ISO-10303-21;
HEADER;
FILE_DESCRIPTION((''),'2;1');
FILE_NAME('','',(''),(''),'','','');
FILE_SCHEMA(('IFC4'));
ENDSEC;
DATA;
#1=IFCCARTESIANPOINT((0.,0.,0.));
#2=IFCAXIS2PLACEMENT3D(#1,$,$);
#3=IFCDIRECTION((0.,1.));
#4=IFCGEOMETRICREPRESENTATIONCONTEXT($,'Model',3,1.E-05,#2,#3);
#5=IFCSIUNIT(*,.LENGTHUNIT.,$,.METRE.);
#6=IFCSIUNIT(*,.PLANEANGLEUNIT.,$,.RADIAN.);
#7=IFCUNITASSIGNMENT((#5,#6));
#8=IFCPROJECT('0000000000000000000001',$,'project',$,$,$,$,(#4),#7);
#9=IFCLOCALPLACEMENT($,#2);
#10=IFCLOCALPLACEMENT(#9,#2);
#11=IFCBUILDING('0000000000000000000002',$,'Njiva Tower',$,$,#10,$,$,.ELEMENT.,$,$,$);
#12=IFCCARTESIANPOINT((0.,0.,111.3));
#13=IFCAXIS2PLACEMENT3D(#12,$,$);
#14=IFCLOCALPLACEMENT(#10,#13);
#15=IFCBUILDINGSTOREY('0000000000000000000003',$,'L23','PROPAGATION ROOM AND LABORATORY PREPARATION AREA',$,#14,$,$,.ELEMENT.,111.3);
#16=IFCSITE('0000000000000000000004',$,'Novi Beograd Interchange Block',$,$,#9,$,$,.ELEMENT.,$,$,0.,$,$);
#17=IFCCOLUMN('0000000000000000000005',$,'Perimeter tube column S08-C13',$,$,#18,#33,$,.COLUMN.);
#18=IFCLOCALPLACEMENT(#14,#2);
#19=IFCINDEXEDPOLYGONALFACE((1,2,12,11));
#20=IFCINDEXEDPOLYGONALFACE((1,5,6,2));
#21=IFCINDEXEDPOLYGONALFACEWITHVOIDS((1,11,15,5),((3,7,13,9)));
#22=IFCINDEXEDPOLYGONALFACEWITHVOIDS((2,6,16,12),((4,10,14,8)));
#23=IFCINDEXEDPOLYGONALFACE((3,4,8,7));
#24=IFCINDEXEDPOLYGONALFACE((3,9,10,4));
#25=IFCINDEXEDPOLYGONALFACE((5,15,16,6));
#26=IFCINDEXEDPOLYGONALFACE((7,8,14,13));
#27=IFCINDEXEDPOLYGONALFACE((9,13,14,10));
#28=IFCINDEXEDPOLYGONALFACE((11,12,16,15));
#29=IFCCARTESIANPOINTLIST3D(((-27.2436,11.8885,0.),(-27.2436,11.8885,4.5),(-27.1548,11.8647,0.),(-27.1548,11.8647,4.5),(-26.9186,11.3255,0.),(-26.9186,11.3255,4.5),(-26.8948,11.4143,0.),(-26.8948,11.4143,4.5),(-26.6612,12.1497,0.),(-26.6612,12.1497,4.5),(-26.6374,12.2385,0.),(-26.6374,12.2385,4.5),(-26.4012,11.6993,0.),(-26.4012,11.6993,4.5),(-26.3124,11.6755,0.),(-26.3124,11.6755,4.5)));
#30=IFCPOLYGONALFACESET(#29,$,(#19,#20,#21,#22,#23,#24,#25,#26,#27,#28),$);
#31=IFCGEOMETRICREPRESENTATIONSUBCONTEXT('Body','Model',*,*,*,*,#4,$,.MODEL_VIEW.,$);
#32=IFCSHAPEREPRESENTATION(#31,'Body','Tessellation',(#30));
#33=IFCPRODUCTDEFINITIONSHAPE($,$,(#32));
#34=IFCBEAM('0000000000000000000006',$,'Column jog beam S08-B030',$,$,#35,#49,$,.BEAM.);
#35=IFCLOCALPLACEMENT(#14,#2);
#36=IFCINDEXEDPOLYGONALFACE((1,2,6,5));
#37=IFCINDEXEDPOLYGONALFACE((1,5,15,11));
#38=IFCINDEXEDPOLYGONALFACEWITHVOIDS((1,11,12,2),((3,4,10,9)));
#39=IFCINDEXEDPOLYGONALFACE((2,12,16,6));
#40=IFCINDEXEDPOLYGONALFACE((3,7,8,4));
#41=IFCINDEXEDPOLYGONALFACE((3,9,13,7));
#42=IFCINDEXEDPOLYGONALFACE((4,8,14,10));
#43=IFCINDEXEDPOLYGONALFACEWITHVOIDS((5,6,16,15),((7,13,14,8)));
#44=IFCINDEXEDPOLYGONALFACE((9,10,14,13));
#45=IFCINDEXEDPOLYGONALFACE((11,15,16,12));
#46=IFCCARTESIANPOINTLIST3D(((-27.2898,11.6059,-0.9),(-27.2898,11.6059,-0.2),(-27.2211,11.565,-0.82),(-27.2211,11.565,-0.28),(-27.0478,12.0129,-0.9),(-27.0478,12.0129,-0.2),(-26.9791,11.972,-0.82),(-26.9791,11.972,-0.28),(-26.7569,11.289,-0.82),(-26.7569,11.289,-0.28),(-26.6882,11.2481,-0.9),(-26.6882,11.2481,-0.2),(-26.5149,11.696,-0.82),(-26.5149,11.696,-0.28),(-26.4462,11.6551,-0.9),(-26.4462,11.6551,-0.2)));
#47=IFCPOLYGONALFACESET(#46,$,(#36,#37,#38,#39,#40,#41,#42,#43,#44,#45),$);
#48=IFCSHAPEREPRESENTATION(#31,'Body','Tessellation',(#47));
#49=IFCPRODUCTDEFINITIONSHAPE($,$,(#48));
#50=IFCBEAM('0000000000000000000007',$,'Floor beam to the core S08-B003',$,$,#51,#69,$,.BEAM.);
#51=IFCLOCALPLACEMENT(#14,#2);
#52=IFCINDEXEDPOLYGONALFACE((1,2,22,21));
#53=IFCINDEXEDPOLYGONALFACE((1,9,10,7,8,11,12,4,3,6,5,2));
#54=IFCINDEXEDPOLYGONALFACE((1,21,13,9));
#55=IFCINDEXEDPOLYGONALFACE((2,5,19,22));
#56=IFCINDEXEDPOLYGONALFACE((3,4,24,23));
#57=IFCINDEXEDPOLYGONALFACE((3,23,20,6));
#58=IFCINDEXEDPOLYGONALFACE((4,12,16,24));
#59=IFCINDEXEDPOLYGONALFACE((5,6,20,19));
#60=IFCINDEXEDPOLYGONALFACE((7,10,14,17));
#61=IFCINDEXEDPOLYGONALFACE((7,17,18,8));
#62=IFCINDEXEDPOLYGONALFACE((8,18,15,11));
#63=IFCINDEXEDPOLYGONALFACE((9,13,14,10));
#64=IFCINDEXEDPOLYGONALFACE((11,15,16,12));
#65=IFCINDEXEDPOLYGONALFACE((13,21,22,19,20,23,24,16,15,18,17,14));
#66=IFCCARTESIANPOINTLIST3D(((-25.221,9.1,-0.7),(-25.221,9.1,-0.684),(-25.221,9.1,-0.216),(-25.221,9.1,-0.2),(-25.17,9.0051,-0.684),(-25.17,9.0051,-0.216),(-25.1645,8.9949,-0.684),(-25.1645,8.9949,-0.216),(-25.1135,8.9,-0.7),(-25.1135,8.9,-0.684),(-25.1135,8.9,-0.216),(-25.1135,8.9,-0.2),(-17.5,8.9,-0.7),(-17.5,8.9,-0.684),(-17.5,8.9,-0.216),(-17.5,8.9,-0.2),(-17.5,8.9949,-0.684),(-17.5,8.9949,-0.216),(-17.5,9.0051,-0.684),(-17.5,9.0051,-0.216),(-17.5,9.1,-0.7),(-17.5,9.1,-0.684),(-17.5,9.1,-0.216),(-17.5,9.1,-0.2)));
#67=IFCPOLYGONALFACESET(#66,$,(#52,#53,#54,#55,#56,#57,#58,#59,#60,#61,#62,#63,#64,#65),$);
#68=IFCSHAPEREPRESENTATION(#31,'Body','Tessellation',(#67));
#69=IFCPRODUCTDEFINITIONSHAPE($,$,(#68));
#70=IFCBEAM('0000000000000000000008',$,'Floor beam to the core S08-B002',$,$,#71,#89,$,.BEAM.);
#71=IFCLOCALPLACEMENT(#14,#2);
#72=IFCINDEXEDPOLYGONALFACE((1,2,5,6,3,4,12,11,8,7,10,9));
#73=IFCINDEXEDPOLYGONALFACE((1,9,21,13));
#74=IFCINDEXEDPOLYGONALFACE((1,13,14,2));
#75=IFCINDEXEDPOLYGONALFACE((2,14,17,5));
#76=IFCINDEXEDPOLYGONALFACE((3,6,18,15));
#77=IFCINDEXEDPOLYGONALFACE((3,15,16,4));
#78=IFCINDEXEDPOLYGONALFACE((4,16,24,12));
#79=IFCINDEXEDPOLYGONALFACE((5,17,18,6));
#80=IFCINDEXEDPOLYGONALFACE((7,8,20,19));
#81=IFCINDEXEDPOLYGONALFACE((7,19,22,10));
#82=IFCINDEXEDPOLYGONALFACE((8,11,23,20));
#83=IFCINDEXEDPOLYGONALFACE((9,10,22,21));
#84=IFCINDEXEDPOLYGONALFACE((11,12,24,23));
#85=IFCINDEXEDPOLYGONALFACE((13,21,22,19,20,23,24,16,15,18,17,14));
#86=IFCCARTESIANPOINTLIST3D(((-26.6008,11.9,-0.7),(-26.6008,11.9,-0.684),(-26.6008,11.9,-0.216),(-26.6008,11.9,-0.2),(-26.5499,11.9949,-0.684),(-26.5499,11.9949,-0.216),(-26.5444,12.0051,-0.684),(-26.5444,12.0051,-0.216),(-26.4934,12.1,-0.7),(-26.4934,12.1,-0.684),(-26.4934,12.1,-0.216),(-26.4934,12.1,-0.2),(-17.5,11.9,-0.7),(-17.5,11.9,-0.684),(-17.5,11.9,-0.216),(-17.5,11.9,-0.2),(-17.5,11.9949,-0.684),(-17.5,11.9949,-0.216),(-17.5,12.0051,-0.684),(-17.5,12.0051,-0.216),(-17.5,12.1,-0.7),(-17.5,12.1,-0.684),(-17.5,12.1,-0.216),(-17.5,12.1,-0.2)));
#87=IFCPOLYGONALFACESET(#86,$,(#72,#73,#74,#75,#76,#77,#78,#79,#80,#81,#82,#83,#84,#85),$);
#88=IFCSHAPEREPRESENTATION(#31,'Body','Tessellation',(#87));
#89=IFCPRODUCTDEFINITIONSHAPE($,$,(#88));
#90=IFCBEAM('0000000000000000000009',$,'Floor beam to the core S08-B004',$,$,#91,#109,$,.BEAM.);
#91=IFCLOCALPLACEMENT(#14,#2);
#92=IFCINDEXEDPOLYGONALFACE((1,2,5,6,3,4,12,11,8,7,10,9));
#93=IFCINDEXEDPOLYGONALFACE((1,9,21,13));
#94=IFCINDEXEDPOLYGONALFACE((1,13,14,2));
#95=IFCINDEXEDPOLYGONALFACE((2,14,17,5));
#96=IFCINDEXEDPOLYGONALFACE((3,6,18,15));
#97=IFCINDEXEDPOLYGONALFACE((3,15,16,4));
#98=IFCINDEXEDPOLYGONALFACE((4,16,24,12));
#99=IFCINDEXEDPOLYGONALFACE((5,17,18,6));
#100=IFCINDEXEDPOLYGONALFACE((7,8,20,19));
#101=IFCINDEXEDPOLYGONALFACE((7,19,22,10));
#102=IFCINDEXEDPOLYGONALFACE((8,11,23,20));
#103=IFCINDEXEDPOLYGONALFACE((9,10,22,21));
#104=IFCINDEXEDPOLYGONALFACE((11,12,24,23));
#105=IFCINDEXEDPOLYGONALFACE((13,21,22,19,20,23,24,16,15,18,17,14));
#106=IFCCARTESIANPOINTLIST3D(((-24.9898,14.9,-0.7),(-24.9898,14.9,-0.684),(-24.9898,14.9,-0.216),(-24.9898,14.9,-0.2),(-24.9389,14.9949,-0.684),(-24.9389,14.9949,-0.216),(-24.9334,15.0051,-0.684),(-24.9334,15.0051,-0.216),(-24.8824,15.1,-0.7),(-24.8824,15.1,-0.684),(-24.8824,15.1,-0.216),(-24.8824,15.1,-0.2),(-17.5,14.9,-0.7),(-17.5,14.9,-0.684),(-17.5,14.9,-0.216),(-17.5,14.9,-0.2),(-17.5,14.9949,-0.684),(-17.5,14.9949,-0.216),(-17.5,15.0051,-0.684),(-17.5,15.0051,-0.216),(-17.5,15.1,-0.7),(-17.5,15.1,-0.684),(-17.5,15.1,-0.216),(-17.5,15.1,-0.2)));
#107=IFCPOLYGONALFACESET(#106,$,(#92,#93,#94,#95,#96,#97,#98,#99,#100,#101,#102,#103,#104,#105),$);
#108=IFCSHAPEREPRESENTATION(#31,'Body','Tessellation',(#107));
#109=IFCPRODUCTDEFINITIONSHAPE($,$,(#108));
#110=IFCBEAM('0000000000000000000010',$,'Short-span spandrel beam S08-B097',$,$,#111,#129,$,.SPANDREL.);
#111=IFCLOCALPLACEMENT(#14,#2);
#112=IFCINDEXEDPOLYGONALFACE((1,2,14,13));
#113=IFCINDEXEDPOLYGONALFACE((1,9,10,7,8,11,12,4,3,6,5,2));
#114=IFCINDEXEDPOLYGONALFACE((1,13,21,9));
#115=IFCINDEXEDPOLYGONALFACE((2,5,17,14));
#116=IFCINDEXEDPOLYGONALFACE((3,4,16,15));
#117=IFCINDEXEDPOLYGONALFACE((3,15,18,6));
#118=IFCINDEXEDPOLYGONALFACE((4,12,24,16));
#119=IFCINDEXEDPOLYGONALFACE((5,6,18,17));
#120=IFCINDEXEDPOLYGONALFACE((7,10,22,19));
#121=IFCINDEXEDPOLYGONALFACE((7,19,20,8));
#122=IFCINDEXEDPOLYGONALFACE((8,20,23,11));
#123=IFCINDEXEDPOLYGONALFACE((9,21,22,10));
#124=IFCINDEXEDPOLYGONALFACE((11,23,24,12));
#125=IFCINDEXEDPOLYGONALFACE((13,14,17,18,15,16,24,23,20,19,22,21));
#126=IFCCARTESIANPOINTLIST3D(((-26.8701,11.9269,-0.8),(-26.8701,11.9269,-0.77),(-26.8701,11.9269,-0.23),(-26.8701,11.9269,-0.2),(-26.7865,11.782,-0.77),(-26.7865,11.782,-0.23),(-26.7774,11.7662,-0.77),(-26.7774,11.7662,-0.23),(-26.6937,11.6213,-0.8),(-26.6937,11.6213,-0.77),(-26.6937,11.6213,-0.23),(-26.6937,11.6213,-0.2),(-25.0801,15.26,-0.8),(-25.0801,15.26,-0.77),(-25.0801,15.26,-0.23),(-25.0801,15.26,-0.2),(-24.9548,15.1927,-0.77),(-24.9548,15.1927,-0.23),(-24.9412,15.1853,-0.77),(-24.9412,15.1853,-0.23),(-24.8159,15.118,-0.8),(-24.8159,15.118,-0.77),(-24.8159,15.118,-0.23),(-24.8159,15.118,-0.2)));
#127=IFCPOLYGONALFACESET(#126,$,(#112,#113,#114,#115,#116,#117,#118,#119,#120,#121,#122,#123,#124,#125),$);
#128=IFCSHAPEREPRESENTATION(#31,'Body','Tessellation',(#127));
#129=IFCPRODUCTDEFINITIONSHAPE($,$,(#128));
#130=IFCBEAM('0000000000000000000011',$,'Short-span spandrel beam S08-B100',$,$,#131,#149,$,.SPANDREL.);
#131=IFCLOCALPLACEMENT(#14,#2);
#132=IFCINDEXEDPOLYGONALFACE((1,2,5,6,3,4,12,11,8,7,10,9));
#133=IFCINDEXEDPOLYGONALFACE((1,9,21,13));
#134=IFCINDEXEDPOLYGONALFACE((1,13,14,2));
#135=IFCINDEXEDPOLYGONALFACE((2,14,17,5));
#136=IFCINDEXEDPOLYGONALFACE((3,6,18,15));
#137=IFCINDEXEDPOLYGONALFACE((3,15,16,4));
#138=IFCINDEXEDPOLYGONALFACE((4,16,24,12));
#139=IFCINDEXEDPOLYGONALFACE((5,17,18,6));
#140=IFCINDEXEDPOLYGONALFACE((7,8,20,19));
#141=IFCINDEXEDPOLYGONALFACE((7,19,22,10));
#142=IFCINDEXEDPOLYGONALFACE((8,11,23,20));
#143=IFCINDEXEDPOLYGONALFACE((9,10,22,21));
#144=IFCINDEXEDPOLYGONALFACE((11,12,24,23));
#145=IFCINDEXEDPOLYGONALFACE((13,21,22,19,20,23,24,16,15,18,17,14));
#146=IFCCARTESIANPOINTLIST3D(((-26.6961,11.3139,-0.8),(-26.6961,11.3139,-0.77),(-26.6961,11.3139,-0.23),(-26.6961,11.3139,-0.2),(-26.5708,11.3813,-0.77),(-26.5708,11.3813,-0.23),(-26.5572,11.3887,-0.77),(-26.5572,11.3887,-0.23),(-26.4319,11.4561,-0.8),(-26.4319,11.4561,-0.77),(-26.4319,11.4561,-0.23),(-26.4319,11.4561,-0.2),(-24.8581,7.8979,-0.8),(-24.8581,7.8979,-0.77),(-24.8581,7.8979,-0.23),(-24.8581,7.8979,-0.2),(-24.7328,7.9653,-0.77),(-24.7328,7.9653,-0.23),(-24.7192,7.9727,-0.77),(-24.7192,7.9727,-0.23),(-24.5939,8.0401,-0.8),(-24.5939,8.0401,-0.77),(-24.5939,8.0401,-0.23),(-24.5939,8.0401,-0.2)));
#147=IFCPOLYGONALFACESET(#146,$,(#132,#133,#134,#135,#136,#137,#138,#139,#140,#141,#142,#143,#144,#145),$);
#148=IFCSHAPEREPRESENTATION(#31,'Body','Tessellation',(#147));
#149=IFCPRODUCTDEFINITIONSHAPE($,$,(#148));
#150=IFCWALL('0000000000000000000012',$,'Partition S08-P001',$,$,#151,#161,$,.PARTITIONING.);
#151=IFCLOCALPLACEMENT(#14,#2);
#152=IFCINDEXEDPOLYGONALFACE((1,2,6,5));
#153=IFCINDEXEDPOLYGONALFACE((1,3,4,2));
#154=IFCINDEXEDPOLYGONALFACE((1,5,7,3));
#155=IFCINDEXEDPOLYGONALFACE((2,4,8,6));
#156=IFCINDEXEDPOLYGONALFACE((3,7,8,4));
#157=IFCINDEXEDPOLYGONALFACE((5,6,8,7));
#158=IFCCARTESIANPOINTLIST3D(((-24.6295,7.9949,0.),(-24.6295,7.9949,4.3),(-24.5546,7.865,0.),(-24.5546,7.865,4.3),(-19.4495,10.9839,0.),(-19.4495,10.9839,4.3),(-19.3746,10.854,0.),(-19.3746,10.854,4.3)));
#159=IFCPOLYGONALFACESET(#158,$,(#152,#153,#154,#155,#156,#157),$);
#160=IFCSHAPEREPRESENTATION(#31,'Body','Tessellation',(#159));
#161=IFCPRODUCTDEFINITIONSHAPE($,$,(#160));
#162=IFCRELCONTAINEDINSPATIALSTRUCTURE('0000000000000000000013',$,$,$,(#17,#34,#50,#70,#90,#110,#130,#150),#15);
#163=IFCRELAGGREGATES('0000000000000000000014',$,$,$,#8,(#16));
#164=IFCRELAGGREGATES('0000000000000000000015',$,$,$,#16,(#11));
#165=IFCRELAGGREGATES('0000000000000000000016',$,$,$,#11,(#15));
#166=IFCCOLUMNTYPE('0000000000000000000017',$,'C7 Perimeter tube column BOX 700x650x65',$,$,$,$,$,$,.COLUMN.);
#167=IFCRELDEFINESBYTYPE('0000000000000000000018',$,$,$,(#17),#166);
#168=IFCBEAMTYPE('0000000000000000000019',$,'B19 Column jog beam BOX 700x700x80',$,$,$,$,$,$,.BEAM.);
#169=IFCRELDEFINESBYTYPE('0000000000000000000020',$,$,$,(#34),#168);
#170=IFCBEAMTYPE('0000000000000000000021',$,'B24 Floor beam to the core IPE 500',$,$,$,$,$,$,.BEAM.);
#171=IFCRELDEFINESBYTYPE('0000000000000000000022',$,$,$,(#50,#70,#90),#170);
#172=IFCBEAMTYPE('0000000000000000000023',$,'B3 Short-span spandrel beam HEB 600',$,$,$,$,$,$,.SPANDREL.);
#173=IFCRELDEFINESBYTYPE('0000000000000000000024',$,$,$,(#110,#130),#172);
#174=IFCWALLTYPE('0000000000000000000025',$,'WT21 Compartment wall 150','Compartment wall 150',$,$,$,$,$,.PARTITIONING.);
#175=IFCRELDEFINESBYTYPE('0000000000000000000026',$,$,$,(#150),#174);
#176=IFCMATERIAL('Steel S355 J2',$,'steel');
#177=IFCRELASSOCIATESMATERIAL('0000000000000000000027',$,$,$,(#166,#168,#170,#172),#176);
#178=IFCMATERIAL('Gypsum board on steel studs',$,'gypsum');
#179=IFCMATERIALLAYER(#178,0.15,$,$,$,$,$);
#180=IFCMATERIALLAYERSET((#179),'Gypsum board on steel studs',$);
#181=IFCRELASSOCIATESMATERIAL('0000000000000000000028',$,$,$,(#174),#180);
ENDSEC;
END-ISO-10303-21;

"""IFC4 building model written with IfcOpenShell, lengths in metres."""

from ifc_helpers import new_model, si_unit, direction, frame, frame_2d, origin, origin_2d, place, context, subcontext, project, spatial, rectangle, hollow_rectangle, i_section, extrude, clip, halfspace, material, layer, layer_set, material_profile, profile_set, type_object, element, save


model = new_model("IFC4")

# Units and contexts
model_context = context("Model", 3, precision=1e-05, world=origin(), true_north=direction((0.0, 1.0)))
body_context = subcontext(model_context, "Body", "Model", "MODEL_VIEW")
ifc_project = project(units=[si_unit("LENGTHUNIT", "METRE"), si_unit("PLANEANGLEUNIT", "RADIAN")], contexts=[model_context])

# Site, building, storey
site_placement = place(None, origin())
site = spatial("IfcSite", under=ifc_project, at=site_placement, Name="Novi Beograd Interchange Block", CompositionType="ELEMENT", RefElevation=0.0)
building_placement = place(site_placement, origin())
building = spatial("IfcBuilding", under=site, at=building_placement, Name="Njiva Tower", CompositionType="ELEMENT")
storey_placement = place(building_placement, frame((0.0, 0.0, 111.3)))
storey = spatial("IfcBuildingStorey", under=building, at=storey_placement, Name="L23", Description="PROPAGATION ROOM AND LABORATORY PREPARATION AREA", CompositionType="ELEMENT", Elevation=111.3)

# Column
ifc_material_1 = material(Name="Steel S355 J2", Category="steel")
ifc_material_profile_1 = material_profile(ifc_material_1, hollow_rectangle(XDim=0.65, YDim=0.7, WallThickness=0.065, at=origin_2d()), Name="BOX 700x650x65")
ifc_profile_set_1 = profile_set([ifc_material_profile_1], Name="Steel S355 J2")
column_type = type_object("IfcColumnType", Name="C7 Perimeter tube column BOX 700x650x65", PredefinedType="COLUMN", material=ifc_profile_set_1)
column_placement = place(storey_placement, frame((-26.778, 11.782, 0.0), z_axis=(0.0, 0.0, 1.0), x_axis=(0.5, -0.866025, 0.0)))
element("IfcColumn", 1, at=column_placement, inside=storey, type_object=column_type, Name="Perimeter tube column S08-C13", PredefinedType="COLUMN", context=body_context, shape_type="SweptSolid", body=[
    extrude(hollow_rectangle(XDim=0.65, YDim=0.7, WallThickness=0.065, at=origin_2d()), origin(), (0.0, 0.0, 1.0), 4.5),
])

# Beams
ifc_material_profile_2 = material_profile(ifc_material_1, hollow_rectangle(XDim=0.7, YDim=0.7, WallThickness=0.08, at=origin_2d()), Name="BOX 700x700x80")
ifc_profile_set_2 = profile_set([ifc_material_profile_2], Name="Steel S355 J2")
beam_type_1 = type_object("IfcBeamType", Name="B19 Column jog beam BOX 700x700x80", PredefinedType="BEAM", material=ifc_profile_set_2)
beam_1_placement = place(storey_placement, frame((-26.989, 11.427, -0.55), z_axis=(0.511075, 0.859536, 0.0), x_axis=(-0.859536, 0.511075, 0.0)))
element("IfcBeam", 2, at=beam_1_placement, inside=storey, type_object=beam_type_1, Name="Column jog beam S08-B030", PredefinedType="BEAM", context=body_context, shape_type="SweptSolid", body=[
    extrude(hollow_rectangle(XDim=0.7, YDim=0.7, WallThickness=0.08, at=origin_2d()), origin(), (0.0, 0.0, 1.0), 0.4735),
])
ifc_material_profile_3 = material_profile(ifc_material_1, i_section(OverallWidth=0.2, OverallDepth=0.5, WebThickness=0.0102, FlangeThickness=0.016, at=origin_2d()), Name="IPE 500")
ifc_profile_set_3 = profile_set([ifc_material_profile_3], Name="Steel S355 J2")
beam_type_2 = type_object("IfcBeamType", Name="B24 Floor beam to the core IPE 500", PredefinedType="BEAM", material=ifc_profile_set_3)
beam_2_placement = place(storey_placement, frame((-25.241, 9.0, -0.45), z_axis=(1.0, 0.0, 0.0), x_axis=(0.0, 1.0, 0.0)))
element("IfcBeam", 3, at=beam_2_placement, inside=storey, type_object=beam_type_2, Name="Floor beam to the core S08-B003", PredefinedType="BEAM", context=body_context, shape_type="Clipping", body=[
    clip(extrude(i_section(OverallWidth=0.2, OverallDepth=0.5, WebThickness=0.0102, FlangeThickness=0.016, at=origin_2d()), origin(), (0.0, 0.0, 1.0), 7.741), halfspace(frame((-0.0237, 0.0, 0.0865), z_axis=(-0.473762, 0.0, -0.880653), x_axis=(0.0, -1.0, 0.0)), False)),
])
beam_3_placement = place(storey_placement, frame((-26.621, 12.0, -0.45), z_axis=(1.0, 0.0, 0.0), x_axis=(0.0, 1.0, 0.0)))
element("IfcBeam", 4, at=beam_3_placement, inside=storey, type_object=beam_type_2, Name="Floor beam to the core S08-B002", PredefinedType="BEAM", context=body_context, shape_type="Clipping", body=[
    clip(extrude(i_section(OverallWidth=0.2, OverallDepth=0.5, WebThickness=0.0102, FlangeThickness=0.016, at=origin_2d()), origin(), (0.0, 0.0, 1.0), 9.121), halfspace(frame((0.0237, 0.0, 0.0866), z_axis=(0.473099, 0.0, -0.881009), x_axis=(0.0, -1.0, 0.0)), False)),
])
beam_4_placement = place(storey_placement, frame((-25.01, 15.0, -0.45), z_axis=(1.0, 0.0, 0.0), x_axis=(0.0, 1.0, 0.0)))
element("IfcBeam", 5, at=beam_4_placement, inside=storey, type_object=beam_type_2, Name="Floor beam to the core S08-B004", PredefinedType="BEAM", context=body_context, shape_type="Clipping", body=[
    clip(extrude(i_section(OverallWidth=0.2, OverallDepth=0.5, WebThickness=0.0102, FlangeThickness=0.016, at=origin_2d()), origin(), (0.0, 0.0, 1.0), 7.51), halfspace(frame((0.0237, 0.0, 0.0866), z_axis=(0.473099, 0.0, -0.881009), x_axis=(0.0, -1.0, 0.0)), False)),
])
ifc_material_profile_4 = material_profile(ifc_material_1, i_section(OverallWidth=0.3, OverallDepth=0.6, WebThickness=0.0155, FlangeThickness=0.03, at=origin_2d()), Name="HEB 600")
ifc_profile_set_4 = profile_set([ifc_material_profile_4], Name="Steel S355 J2")
beam_type_3 = type_object("IfcBeamType", Name="B3 Short-span spandrel beam HEB 600", PredefinedType="SPANDREL", material=ifc_profile_set_4)
beam_5_placement = place(storey_placement, frame((-24.948, 15.189, -0.5), z_axis=(-0.47313, -0.880992, 0.0), x_axis=(0.880992, -0.47313, 0.0)))
element("IfcBeam", 6, at=beam_5_placement, inside=storey, type_object=beam_type_3, Name="Short-span spandrel beam S08-B097", PredefinedType="SPANDREL", context=body_context, shape_type="Clipping", body=[
    clip(extrude(i_section(OverallWidth=0.3, OverallDepth=0.6, WebThickness=0.0155, FlangeThickness=0.03, at=origin_2d()), origin(), (0.0, 0.0, 1.0), 3.9893), halfspace(frame((-0.0263, 0.0, 3.8599), z_axis=(-0.526399, 0.0, 0.850238), x_axis=(0.0, 1.0, 0.0)), False)),
])
beam_6_placement = place(storey_placement, frame((-26.564, 11.385, -0.5), z_axis=(0.473823, -0.88062, 0.0), x_axis=(0.88062, 0.473823, 0.0)))
element("IfcBeam", 7, at=beam_6_placement, inside=storey, type_object=beam_type_3, Name="Short-span spandrel beam S08-B100", PredefinedType="SPANDREL", context=body_context, shape_type="SweptSolid", body=[
    extrude(i_section(OverallWidth=0.3, OverallDepth=0.6, WebThickness=0.0155, FlangeThickness=0.03, at=origin_2d()), origin(), (0.0, 0.0, 1.0), 3.8791),
])

# Wall
ifc_material_2 = material(Name="Gypsum board on steel studs", Category="gypsum")
ifc_layer_1 = layer(ifc_material_2, 0.15)
ifc_layer_set_1 = layer_set([ifc_layer_1], Name="Gypsum board on steel studs")
wall_type_1 = type_object("IfcWallType", Name="WT21 Compartment wall 150", Description="Compartment wall 150", PredefinedType="PARTITIONING", material=ifc_layer_set_1)
wall_1_placement = place(storey_placement, frame((-24.592, 7.93, 0.0), z_axis=(0.0, 0.0, 1.0), x_axis=(0.866147, 0.49979, 0.0)))
element("IfcWall", 8, at=wall_1_placement, inside=storey, type_object=wall_type_1, Name="Partition S08-P001", PredefinedType="PARTITIONING", context=body_context, shape_type="SweptSolid", body=[
    extrude(rectangle(XDim=5.9805, YDim=0.15, at=frame_2d((2.9902, 0.0))), origin(), (0.0, 0.0, 1.0), 4.3),
])

save(model, "model.ifc")
